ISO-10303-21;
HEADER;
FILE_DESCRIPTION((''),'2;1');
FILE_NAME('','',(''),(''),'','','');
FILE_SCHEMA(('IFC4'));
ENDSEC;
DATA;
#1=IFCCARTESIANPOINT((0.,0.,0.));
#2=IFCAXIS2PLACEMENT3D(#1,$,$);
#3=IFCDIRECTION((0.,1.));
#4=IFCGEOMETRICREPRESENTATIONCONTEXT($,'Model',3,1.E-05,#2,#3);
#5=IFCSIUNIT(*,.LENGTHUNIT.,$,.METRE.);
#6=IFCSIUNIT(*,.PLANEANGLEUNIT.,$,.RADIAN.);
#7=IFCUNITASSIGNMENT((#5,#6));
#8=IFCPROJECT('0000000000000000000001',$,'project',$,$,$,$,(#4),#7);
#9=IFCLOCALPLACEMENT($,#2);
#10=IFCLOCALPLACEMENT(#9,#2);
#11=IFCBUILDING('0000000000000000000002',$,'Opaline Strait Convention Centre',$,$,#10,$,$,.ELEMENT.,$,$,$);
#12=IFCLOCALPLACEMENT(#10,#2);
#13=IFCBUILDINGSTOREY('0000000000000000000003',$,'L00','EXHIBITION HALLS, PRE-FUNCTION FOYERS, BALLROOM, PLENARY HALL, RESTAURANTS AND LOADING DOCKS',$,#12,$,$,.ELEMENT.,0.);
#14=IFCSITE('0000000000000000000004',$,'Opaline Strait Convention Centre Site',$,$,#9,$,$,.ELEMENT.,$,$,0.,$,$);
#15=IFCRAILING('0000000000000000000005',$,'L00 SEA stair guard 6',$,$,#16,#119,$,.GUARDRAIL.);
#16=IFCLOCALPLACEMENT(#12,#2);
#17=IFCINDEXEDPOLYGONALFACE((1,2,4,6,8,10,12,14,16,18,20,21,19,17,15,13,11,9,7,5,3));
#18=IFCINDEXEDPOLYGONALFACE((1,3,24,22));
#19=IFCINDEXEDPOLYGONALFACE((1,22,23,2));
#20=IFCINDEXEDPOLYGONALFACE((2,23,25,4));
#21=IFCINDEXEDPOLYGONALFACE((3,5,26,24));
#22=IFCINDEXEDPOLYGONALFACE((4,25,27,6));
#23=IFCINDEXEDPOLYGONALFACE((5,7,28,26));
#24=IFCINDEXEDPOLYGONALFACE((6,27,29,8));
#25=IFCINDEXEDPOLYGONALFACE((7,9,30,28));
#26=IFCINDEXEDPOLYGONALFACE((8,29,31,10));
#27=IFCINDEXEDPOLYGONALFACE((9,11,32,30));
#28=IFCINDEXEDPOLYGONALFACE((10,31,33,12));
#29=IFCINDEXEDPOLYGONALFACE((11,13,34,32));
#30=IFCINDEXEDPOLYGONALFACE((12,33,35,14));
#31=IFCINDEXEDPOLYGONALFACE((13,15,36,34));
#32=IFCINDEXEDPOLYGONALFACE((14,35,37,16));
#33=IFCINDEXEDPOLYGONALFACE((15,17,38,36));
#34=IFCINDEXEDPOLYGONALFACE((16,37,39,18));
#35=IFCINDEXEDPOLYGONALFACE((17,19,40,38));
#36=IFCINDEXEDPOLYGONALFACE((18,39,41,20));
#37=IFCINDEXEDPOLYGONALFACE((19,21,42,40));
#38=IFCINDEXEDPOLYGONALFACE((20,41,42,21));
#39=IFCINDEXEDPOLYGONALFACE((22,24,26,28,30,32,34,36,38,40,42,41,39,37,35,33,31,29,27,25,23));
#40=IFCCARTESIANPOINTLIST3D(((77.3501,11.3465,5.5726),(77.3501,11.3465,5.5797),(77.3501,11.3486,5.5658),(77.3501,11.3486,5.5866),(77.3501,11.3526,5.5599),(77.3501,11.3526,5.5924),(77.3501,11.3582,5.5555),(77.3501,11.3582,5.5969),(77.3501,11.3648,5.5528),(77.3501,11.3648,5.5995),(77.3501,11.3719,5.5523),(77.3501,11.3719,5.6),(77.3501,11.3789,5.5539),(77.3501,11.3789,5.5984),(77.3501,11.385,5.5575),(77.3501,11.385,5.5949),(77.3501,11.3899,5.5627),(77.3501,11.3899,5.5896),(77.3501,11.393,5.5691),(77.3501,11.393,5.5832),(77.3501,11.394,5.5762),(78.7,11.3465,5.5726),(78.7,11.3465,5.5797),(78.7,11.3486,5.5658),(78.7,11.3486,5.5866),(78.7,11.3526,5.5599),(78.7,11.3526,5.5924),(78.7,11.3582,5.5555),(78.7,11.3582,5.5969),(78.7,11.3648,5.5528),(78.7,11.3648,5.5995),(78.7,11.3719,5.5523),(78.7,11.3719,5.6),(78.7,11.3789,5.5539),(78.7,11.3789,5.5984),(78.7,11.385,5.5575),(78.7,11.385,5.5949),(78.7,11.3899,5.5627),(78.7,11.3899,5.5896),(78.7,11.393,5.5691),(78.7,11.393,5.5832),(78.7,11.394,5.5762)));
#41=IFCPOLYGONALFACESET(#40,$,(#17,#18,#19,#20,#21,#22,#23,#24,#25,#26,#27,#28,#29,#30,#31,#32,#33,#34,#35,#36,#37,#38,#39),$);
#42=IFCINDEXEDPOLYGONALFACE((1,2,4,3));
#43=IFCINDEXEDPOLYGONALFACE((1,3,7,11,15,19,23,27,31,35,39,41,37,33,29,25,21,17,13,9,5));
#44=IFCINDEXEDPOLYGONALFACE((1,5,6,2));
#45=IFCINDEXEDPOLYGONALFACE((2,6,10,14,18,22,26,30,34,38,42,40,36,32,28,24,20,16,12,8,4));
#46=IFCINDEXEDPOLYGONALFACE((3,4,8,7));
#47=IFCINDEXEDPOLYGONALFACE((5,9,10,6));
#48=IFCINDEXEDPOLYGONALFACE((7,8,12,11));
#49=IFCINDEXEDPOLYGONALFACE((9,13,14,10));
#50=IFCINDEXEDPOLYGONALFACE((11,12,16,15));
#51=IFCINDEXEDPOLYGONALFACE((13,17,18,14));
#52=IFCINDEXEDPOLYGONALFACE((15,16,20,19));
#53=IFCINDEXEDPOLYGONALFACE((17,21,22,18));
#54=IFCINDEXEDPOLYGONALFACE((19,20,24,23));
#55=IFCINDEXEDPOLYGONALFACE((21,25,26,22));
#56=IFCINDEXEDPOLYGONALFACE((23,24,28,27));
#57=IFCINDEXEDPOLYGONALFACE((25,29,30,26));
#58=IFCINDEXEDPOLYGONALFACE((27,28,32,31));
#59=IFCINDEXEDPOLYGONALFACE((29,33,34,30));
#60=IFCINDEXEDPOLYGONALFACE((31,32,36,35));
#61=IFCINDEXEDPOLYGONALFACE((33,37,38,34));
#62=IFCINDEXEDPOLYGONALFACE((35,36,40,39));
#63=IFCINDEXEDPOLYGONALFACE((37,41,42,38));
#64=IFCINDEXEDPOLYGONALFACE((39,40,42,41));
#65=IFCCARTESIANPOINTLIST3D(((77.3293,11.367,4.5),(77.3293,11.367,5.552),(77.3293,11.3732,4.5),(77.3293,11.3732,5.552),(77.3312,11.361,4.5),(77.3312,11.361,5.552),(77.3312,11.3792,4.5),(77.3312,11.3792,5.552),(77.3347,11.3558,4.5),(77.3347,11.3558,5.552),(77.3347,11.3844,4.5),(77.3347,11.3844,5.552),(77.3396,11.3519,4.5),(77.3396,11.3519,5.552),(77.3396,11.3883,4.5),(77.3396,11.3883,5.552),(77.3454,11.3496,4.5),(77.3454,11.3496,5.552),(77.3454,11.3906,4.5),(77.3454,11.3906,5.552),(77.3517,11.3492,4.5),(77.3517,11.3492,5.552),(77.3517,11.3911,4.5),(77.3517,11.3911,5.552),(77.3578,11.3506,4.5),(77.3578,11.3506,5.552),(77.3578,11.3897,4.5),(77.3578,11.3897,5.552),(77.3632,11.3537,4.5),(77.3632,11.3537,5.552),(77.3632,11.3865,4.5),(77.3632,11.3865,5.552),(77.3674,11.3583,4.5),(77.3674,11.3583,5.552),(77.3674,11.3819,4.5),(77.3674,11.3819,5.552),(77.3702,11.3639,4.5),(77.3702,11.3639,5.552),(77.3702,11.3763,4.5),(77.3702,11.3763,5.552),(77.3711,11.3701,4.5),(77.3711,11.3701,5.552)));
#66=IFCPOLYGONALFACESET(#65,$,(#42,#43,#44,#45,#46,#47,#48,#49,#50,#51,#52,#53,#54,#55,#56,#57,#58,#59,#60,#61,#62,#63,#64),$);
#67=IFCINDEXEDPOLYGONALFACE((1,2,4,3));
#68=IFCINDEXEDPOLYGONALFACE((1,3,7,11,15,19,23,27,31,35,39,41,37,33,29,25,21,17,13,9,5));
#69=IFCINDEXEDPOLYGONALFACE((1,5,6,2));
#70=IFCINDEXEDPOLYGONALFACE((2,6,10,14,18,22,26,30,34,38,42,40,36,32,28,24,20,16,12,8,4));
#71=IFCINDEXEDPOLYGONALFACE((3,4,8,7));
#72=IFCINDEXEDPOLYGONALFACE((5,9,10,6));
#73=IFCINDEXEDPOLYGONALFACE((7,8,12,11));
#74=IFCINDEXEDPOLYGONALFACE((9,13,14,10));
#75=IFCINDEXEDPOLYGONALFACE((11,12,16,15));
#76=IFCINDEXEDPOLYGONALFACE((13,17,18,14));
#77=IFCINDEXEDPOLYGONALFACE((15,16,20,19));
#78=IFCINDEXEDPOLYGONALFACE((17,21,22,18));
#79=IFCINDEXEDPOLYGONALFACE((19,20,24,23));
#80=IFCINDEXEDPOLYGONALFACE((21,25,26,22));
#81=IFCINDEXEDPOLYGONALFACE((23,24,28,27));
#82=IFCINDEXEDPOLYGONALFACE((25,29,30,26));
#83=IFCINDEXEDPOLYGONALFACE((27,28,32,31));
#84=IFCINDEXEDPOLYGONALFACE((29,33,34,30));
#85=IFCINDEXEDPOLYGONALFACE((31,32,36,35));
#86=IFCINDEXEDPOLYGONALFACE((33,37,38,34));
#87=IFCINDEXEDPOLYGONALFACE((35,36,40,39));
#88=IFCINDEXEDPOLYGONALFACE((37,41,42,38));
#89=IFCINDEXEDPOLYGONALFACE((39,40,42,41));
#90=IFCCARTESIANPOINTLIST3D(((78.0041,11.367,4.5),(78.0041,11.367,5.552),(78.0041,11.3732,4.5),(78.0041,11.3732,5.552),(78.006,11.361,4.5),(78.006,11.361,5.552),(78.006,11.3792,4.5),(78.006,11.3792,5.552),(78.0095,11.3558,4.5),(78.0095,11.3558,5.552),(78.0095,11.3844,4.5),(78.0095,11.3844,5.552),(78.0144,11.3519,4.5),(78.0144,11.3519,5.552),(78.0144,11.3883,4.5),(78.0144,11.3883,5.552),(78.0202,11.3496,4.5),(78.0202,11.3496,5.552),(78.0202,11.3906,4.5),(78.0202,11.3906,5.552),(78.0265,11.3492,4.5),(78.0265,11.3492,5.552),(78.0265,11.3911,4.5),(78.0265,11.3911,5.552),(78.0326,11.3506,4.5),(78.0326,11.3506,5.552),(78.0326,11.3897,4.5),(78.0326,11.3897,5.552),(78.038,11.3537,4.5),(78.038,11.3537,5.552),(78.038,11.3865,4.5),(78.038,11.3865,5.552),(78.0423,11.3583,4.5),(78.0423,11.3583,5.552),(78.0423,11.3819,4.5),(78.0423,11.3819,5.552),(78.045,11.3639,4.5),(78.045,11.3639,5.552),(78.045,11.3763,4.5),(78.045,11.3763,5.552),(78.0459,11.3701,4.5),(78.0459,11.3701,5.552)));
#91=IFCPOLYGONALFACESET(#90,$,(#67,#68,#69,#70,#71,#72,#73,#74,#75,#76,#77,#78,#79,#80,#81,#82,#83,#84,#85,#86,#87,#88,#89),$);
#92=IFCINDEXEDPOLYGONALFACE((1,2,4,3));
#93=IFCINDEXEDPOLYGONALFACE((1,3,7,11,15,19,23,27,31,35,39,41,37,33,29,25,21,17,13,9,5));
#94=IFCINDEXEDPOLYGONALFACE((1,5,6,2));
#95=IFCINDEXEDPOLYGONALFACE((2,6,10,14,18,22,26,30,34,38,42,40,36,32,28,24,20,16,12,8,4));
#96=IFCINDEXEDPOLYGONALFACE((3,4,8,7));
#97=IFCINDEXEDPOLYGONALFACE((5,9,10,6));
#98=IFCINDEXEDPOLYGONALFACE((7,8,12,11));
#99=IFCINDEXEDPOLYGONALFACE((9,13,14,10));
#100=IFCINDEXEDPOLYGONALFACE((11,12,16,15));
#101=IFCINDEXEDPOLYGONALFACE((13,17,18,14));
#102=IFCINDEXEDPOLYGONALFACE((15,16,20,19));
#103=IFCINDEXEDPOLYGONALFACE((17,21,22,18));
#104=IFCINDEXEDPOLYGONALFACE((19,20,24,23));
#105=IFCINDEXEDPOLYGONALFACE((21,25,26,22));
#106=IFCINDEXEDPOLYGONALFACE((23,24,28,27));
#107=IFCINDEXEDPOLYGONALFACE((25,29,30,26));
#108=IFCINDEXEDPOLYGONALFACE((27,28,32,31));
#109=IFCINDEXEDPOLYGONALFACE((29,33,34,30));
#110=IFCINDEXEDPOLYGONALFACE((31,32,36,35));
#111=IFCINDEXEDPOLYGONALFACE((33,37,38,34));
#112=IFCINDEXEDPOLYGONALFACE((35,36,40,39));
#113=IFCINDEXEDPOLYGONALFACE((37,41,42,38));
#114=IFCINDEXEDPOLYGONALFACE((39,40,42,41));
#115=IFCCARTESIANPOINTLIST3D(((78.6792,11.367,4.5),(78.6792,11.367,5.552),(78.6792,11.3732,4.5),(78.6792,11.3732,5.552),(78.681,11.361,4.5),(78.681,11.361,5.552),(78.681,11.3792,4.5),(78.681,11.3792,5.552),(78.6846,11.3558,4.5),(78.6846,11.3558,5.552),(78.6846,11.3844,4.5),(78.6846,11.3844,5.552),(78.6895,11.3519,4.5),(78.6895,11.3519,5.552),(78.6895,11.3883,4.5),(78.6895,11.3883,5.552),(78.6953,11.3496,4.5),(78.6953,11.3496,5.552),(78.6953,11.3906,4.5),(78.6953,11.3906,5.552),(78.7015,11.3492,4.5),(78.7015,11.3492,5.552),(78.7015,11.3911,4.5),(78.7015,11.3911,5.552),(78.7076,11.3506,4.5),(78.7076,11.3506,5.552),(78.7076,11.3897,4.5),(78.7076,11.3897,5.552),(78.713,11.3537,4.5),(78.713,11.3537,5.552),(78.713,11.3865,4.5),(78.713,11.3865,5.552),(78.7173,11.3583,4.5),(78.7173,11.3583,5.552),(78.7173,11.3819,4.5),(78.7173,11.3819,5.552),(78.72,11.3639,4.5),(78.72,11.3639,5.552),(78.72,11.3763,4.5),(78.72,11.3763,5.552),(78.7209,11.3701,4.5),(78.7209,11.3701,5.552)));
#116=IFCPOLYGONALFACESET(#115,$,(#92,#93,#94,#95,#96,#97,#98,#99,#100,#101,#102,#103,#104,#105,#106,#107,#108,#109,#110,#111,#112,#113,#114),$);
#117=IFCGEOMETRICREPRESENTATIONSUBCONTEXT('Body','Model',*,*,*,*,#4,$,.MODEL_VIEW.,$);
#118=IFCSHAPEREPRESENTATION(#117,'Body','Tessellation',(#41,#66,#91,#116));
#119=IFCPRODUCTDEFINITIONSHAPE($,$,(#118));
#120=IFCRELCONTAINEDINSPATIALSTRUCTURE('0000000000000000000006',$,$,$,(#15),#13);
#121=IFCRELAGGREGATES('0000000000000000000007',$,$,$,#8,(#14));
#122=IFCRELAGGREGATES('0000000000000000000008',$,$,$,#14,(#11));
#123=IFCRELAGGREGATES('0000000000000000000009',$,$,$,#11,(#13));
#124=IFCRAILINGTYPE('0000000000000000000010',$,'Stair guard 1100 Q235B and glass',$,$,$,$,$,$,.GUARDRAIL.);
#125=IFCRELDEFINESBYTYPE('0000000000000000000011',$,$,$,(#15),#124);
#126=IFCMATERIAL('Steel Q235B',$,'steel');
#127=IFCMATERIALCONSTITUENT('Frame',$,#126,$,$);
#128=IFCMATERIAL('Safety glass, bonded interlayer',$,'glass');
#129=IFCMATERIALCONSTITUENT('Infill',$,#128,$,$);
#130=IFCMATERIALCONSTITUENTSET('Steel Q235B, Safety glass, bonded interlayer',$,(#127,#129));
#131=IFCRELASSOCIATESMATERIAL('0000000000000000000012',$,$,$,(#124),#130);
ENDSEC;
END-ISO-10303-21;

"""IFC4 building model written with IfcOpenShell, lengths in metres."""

from ifc_helpers import new_model, si_unit, direction, frame, origin, origin_2d, place, context, subcontext, project, spatial, circle, extrude, material, constituent, constituent_set, type_object, element, save


model = new_model("IFC4")

# Units and contexts
model_context = context("Model", 3, precision=1e-05, world=origin(), true_north=direction((0.0, 1.0)))
body_context = subcontext(model_context, "Body", "Model", "MODEL_VIEW")
ifc_project = project(units=[si_unit("LENGTHUNIT", "METRE"), si_unit("PLANEANGLEUNIT", "RADIAN")], contexts=[model_context])

# Site, building, storey
site_placement = place(None, origin())
site = spatial("IfcSite", under=ifc_project, at=site_placement, Name="Opaline Strait Convention Centre Site", CompositionType="ELEMENT", RefElevation=0.0)
building_placement = place(site_placement, origin())
building = spatial("IfcBuilding", under=site, at=building_placement, Name="Opaline Strait Convention Centre", CompositionType="ELEMENT")
storey_placement = place(building_placement, origin())
storey = spatial("IfcBuildingStorey", under=building, at=storey_placement, Name="L00", Description="EXHIBITION HALLS, PRE-FUNCTION FOYERS, BALLROOM, PLENARY HALL, RESTAURANTS AND LOADING DOCKS", CompositionType="ELEMENT", Elevation=0.0)

# Railing
ifc_material_1 = material(Name="Steel Q235B", Category="steel")
ifc_constituent_1 = constituent(ifc_material_1, Name="Frame")
ifc_material_2 = material(Name="Safety glass, bonded interlayer", Category="glass")
ifc_constituent_2 = constituent(ifc_material_2, Name="Infill")
ifc_constituent_set = constituent_set(constituents=[ifc_constituent_1, ifc_constituent_2], Name="Steel Q235B, Safety glass, bonded interlayer")
railing_type_1 = type_object("IfcRailingType", Name="Stair guard 1100 Q235B and glass", PredefinedType="GUARDRAIL", material=ifc_constituent_set)
railing_1_placement = place(storey_placement, frame((77.3501, 11.3701, 4.5)))
element("IfcRailing", 1, at=railing_1_placement, inside=storey, type_object=railing_type_1, Name="L00 SEA stair guard 6", PredefinedType="GUARDRAIL", context=body_context, shape_type="SweptSolid", body=[
    extrude(circle(Radius=0.0239, at=origin_2d()), frame((0.0, 0.0, 1.0762), z_axis=(1.0, 0.0, 0.0), x_axis=(0.0, 1.0, 0.0)), (0.0, 0.0, 1.0), 1.3499),
    extrude(circle(Radius=0.021, at=origin_2d()), origin(), (0.0, 0.0, 1.0), 1.052),
    extrude(circle(Radius=0.021, at=origin_2d()), frame((0.6748, 0.0, 0.0)), (0.0, 0.0, 1.0), 1.052),
    extrude(circle(Radius=0.021, at=origin_2d()), frame((1.3499, 0.0, 0.0)), (0.0, 0.0, 1.0), 1.052),
])

save(model, "model.ifc")
